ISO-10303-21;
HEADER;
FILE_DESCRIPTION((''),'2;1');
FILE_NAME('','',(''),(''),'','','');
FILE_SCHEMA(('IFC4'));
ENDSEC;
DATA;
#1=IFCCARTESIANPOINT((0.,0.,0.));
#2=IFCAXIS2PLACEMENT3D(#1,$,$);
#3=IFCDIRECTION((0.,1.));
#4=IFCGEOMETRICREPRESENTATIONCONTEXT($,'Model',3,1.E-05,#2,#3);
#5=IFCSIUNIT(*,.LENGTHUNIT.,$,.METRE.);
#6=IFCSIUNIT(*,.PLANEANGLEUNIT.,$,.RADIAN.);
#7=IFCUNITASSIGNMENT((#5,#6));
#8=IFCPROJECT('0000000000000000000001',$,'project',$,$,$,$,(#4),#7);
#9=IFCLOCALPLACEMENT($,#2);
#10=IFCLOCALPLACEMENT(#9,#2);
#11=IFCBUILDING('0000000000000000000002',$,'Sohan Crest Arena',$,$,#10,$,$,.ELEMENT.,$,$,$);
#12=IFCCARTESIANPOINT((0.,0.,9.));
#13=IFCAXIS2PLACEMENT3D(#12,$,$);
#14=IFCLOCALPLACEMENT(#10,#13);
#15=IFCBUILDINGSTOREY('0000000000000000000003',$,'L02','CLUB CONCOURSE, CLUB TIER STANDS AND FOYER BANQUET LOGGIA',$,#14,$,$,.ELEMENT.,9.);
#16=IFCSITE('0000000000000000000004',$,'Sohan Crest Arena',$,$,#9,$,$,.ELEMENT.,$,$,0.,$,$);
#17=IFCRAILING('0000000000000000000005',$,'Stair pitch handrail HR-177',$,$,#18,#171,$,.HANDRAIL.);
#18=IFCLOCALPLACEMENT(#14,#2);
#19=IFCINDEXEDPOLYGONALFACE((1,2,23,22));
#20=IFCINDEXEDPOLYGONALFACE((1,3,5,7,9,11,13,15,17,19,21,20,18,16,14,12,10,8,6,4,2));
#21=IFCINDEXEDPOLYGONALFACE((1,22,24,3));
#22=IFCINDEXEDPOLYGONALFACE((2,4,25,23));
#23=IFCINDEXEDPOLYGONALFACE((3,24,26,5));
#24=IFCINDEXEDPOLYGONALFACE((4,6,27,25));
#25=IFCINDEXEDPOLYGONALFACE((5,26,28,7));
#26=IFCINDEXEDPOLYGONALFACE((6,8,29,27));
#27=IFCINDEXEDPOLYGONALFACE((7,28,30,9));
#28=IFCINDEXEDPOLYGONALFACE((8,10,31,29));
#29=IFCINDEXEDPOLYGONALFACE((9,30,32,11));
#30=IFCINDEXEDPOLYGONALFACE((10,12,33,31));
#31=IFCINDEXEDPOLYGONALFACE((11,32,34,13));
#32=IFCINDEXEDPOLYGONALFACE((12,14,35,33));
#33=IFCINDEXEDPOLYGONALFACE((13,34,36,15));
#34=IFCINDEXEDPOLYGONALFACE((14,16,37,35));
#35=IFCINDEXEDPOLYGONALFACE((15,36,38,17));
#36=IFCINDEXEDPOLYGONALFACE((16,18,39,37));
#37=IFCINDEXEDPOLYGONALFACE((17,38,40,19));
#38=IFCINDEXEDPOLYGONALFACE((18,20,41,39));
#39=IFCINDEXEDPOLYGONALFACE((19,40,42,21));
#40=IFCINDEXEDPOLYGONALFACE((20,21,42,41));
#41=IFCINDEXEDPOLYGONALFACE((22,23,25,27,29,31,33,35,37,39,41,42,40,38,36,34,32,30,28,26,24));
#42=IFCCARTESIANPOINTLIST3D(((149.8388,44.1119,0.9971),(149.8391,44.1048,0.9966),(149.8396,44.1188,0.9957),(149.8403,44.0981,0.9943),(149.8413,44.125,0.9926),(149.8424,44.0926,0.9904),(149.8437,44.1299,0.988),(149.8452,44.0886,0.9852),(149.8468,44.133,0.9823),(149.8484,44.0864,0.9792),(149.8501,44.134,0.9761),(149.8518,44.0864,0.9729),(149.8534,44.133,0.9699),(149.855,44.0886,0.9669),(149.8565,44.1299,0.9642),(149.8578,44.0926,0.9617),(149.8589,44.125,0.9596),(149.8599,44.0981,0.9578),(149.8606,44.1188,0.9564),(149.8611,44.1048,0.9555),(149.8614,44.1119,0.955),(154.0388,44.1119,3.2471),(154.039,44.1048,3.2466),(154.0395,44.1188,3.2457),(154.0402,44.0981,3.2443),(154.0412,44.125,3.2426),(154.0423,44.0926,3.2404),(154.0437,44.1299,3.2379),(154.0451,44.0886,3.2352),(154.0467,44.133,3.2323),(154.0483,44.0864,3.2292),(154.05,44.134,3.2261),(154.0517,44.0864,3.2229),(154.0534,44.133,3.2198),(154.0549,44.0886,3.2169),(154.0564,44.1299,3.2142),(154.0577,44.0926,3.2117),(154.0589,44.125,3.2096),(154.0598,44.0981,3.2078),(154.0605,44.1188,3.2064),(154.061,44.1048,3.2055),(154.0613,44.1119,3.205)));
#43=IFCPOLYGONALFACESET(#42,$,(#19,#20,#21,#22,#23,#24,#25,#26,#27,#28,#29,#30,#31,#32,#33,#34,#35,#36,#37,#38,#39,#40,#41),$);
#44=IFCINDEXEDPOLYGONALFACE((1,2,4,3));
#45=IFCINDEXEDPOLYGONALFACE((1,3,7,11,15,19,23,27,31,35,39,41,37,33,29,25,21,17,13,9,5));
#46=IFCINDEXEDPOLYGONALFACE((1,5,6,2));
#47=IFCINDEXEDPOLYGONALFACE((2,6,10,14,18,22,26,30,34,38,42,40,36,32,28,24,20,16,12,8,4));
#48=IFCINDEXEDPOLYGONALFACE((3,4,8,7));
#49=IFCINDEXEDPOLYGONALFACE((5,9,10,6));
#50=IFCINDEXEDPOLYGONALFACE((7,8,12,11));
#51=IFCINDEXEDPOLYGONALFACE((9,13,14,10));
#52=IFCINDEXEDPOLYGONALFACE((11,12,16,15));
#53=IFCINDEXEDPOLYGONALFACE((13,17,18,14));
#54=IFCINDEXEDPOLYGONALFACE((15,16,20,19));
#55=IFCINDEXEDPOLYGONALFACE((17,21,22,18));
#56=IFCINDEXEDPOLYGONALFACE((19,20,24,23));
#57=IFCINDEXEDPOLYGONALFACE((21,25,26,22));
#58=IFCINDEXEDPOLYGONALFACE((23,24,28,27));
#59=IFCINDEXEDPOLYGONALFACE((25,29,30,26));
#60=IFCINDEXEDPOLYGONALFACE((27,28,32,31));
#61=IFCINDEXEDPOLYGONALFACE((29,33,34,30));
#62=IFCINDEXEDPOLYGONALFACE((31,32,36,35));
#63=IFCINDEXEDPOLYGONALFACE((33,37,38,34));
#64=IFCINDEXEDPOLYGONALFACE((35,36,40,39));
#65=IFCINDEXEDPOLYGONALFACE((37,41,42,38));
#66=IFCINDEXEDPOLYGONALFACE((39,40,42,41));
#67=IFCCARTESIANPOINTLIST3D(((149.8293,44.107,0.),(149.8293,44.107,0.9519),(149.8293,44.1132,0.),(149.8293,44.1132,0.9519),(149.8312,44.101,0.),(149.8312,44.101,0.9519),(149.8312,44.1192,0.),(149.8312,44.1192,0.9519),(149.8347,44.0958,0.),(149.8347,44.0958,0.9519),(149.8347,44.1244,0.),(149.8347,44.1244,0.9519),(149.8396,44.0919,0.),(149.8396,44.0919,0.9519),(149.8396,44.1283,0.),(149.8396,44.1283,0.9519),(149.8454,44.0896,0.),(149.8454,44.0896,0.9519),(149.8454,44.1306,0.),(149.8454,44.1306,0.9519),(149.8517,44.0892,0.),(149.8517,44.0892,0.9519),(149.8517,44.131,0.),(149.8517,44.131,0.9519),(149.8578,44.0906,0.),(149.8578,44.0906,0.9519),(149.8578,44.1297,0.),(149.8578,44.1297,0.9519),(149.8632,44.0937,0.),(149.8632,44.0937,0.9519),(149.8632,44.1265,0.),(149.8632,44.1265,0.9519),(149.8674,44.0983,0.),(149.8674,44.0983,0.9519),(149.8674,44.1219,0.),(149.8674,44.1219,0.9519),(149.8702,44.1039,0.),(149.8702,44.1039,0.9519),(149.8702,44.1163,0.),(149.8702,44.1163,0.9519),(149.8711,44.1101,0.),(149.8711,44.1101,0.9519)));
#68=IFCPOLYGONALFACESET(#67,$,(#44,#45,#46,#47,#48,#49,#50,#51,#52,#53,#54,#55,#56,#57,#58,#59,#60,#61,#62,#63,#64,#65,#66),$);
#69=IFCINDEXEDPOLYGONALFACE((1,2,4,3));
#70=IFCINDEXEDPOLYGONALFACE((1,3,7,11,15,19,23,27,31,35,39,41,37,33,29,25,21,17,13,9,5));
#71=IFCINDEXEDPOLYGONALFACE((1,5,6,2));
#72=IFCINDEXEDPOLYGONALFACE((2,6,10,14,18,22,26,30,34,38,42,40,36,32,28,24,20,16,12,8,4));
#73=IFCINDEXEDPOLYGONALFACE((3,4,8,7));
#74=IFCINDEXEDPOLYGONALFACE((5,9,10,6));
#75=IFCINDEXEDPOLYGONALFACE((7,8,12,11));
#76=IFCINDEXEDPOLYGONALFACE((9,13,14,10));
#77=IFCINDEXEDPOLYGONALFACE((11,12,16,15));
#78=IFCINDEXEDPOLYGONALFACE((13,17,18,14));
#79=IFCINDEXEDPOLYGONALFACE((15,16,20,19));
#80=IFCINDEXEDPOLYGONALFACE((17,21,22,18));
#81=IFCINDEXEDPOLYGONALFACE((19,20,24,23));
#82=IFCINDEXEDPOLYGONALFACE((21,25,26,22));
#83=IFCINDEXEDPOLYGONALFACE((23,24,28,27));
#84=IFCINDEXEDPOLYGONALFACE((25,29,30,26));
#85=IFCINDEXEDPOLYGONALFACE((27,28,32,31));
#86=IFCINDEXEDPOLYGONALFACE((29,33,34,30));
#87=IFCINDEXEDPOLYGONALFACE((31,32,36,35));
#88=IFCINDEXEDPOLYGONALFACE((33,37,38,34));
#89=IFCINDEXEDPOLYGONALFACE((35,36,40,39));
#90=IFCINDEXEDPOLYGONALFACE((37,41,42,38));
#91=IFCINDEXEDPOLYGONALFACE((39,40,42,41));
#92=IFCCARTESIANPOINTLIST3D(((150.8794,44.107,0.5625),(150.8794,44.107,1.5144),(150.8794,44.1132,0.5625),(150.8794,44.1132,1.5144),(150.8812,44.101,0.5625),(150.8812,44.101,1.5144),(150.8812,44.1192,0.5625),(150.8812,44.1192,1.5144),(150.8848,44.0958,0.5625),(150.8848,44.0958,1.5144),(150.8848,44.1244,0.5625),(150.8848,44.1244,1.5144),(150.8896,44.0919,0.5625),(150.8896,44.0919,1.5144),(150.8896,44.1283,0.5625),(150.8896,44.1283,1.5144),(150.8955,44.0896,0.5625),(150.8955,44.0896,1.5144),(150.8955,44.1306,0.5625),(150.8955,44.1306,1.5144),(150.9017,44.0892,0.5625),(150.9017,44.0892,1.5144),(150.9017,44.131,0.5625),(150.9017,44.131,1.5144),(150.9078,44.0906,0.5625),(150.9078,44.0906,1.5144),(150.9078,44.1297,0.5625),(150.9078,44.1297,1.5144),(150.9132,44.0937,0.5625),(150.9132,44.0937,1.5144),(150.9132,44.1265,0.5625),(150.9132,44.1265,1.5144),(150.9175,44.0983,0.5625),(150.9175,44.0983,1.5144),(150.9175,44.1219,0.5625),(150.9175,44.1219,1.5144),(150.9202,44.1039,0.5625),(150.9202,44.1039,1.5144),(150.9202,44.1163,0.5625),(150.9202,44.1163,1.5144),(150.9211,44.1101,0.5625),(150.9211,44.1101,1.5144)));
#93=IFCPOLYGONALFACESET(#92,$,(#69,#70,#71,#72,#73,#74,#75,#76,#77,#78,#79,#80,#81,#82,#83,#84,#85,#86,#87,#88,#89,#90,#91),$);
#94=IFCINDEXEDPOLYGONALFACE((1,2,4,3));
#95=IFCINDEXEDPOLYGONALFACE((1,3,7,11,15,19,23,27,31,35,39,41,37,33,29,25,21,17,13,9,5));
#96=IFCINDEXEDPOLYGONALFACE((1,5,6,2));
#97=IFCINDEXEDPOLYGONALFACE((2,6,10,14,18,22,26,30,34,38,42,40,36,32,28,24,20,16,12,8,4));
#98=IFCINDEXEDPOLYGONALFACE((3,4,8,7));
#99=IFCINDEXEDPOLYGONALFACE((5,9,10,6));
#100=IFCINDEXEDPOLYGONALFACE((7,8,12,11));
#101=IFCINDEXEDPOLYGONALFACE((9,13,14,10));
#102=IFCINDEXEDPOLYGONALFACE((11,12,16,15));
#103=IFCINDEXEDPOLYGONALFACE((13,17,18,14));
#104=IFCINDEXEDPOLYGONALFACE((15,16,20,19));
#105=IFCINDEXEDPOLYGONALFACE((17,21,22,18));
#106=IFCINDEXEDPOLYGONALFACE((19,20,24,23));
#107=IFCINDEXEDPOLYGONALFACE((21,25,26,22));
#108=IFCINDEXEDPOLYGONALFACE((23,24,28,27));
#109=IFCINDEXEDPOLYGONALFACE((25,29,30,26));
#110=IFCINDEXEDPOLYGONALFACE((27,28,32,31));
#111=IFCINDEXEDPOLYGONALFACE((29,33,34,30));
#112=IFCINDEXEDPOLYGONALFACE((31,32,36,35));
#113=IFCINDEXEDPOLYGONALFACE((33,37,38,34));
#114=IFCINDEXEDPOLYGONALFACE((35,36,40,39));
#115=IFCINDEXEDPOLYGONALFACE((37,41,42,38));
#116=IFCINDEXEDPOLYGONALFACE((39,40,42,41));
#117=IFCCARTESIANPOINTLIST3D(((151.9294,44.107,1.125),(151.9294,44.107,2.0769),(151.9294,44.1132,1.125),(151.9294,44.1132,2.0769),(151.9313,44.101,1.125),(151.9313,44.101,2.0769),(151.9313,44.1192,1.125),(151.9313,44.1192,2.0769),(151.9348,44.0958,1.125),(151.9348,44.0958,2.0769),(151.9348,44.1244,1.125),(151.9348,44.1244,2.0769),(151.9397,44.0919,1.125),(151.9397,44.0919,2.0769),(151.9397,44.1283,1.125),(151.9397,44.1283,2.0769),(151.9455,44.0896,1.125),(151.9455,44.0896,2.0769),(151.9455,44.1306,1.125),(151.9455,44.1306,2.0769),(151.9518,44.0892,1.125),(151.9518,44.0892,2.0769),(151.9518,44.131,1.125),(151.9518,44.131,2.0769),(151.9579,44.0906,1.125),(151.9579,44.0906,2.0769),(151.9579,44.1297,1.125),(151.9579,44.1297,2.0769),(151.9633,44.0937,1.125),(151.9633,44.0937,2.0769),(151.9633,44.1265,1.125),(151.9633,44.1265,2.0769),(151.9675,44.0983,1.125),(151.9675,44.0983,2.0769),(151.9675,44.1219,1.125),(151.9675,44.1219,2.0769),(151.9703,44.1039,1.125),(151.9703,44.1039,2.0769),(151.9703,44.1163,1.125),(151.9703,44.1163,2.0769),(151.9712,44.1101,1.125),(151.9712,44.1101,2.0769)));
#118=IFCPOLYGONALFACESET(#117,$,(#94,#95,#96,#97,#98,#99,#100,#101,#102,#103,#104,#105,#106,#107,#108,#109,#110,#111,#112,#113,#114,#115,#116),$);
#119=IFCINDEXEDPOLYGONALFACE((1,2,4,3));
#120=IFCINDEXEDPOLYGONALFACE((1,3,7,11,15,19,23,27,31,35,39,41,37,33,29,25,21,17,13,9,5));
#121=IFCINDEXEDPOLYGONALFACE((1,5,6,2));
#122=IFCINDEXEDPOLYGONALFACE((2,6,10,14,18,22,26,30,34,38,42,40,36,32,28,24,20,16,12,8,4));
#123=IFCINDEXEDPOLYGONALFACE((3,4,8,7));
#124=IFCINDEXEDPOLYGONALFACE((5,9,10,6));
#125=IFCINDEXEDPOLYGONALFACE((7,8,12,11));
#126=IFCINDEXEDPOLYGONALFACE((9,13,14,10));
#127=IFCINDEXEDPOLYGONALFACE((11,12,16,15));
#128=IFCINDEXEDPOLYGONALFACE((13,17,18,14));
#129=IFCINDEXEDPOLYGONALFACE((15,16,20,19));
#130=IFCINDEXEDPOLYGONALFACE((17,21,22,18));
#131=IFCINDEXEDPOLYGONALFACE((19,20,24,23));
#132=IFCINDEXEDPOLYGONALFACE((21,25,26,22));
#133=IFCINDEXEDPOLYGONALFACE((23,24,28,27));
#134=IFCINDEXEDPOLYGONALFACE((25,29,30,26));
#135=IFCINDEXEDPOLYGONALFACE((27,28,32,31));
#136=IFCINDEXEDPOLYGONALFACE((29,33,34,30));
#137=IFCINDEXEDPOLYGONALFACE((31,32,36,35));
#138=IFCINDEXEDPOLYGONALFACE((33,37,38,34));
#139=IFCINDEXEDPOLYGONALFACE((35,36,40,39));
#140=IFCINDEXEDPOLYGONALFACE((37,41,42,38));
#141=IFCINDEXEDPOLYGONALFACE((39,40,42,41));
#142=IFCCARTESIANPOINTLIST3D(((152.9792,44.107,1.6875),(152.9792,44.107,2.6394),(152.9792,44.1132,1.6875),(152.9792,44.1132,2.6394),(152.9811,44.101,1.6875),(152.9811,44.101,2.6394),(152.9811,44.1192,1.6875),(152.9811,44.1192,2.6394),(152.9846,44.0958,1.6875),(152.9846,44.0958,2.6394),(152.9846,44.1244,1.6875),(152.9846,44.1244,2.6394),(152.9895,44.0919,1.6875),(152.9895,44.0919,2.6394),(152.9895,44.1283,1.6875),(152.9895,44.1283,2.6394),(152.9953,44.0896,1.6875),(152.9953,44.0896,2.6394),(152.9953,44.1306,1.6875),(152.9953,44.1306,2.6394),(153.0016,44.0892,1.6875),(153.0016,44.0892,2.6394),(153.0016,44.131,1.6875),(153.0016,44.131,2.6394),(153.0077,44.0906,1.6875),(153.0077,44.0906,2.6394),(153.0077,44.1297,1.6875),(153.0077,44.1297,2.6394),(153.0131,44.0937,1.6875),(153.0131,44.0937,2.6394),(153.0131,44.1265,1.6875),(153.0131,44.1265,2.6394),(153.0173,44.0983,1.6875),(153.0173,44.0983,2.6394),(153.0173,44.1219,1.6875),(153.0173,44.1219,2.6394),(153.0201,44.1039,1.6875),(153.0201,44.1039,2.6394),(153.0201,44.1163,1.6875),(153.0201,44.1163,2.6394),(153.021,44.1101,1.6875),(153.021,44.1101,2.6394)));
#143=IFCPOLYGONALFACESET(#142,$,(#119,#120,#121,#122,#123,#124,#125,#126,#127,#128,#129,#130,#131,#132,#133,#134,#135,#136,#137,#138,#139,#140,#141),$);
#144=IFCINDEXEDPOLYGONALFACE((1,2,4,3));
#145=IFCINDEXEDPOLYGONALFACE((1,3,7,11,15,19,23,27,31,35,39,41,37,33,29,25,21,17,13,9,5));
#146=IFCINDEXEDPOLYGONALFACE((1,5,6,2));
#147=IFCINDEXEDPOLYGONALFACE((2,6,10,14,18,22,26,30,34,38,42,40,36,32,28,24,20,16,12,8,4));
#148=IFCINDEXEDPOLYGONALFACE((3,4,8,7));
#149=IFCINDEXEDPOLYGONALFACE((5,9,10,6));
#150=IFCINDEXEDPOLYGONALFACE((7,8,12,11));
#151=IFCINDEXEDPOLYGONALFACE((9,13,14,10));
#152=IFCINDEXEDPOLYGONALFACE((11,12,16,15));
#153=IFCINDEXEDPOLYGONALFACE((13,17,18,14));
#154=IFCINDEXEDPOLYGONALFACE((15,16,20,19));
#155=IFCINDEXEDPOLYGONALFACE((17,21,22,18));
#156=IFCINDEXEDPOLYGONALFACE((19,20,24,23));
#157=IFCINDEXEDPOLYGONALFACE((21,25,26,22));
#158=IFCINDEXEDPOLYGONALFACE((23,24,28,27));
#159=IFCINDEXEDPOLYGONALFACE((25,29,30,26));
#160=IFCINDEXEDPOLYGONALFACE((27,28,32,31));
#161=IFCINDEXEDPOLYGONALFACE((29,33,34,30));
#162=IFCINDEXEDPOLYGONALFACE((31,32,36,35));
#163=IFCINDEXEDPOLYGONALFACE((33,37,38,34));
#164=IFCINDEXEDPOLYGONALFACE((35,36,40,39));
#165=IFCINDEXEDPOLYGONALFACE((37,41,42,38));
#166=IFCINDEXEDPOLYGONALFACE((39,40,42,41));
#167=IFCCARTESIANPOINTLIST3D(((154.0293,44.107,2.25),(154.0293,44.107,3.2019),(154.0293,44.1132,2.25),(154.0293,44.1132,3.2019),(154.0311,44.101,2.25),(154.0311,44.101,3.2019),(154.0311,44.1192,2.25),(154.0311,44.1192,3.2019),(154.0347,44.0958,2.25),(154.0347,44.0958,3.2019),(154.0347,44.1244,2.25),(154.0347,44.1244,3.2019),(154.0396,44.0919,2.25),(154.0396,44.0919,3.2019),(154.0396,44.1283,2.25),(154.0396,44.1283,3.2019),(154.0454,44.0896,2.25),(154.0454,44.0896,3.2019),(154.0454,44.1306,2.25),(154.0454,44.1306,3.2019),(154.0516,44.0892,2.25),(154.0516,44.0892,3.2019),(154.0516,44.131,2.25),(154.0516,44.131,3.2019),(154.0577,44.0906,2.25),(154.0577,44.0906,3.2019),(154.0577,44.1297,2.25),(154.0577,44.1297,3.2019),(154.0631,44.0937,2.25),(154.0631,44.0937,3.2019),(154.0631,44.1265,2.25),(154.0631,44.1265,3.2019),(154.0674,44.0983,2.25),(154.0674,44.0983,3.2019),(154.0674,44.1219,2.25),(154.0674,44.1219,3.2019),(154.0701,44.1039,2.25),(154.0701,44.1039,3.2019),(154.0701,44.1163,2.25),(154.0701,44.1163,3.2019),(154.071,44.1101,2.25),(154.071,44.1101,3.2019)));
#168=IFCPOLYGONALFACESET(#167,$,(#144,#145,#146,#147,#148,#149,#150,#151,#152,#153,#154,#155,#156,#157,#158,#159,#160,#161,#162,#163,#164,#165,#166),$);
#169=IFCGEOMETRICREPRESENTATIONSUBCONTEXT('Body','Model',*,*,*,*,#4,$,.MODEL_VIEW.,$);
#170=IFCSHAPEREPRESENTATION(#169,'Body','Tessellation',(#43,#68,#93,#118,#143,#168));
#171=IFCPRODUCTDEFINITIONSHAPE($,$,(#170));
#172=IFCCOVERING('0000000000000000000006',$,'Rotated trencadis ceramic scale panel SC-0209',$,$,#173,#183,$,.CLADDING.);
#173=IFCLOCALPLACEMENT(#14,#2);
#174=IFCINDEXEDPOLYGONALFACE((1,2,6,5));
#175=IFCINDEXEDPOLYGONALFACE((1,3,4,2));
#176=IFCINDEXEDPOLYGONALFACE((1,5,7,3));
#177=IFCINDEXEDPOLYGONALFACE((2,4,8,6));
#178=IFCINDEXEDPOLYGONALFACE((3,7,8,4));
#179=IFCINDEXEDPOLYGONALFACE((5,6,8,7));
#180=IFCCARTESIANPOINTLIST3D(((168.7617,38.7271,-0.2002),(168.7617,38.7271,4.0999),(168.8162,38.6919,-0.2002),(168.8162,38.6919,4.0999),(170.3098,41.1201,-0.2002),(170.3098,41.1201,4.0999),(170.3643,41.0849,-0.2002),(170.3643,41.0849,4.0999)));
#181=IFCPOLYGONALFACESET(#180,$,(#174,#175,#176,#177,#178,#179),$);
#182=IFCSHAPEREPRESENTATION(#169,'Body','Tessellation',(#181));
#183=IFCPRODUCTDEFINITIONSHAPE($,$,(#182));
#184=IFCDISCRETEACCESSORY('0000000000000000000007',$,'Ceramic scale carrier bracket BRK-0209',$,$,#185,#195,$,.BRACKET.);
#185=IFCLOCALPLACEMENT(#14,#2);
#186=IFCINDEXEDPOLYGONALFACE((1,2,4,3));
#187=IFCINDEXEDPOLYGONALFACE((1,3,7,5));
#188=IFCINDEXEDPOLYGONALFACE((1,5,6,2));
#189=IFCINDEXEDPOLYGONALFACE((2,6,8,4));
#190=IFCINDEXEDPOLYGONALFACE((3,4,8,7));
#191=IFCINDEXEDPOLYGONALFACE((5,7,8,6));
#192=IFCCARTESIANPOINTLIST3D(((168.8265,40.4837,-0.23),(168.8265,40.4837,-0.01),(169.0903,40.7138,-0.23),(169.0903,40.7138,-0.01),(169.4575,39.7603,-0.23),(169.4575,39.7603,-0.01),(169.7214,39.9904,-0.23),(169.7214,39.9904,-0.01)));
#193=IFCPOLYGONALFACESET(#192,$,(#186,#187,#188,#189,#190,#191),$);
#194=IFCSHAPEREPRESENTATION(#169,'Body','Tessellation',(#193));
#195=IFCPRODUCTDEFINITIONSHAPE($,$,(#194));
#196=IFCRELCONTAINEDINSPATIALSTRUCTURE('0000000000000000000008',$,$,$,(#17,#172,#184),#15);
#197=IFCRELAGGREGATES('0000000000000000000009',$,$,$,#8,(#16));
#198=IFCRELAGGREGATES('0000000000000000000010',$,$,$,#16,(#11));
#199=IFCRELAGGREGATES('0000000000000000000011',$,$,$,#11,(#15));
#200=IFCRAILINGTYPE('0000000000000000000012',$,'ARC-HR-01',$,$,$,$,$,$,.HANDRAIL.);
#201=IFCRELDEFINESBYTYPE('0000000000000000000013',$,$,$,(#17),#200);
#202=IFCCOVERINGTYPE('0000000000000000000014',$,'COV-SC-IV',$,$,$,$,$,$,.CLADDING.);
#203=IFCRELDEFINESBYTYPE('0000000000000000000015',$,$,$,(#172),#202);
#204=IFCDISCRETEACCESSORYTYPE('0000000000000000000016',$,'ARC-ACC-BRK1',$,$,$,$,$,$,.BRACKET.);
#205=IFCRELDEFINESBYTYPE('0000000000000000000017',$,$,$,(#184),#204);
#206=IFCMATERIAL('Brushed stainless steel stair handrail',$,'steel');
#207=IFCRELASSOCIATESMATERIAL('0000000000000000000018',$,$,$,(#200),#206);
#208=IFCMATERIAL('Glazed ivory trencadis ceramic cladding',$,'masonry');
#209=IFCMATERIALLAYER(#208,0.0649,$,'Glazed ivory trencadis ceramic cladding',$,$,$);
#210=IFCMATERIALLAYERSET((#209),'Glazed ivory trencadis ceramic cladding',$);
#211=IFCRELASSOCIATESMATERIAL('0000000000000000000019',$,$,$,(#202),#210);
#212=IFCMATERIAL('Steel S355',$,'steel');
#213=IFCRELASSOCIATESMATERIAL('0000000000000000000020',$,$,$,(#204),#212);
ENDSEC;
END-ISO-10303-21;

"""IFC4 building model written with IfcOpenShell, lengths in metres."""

from ifc_helpers import new_model, si_unit, direction, frame, origin, origin_2d, place, context, subcontext, project, spatial, rectangle, circle, extrude, material, layer, layer_set, type_object, element, save


model = new_model("IFC4")

# Units and contexts
model_context = context("Model", 3, precision=1e-05, world=origin(), true_north=direction((0.0, 1.0)))
body_context = subcontext(model_context, "Body", "Model", "MODEL_VIEW")
ifc_project = project(units=[si_unit("LENGTHUNIT", "METRE"), si_unit("PLANEANGLEUNIT", "RADIAN")], contexts=[model_context])

# Site, building, storey
site_placement = place(None, origin())
site = spatial("IfcSite", under=ifc_project, at=site_placement, Name="Sohan Crest Arena", CompositionType="ELEMENT", RefElevation=0.0)
building_placement = place(site_placement, origin())
building = spatial("IfcBuilding", under=site, at=building_placement, Name="Sohan Crest Arena", CompositionType="ELEMENT")
storey_placement = place(building_placement, frame((0.0, 0.0, 9.0)))
storey = spatial("IfcBuildingStorey", under=building, at=storey_placement, Name="L02", Description="CLUB CONCOURSE, CLUB TIER STANDS AND FOYER BANQUET LOGGIA", CompositionType="ELEMENT", Elevation=9.0)

# Shared definitions
ifc_material_1 = material(Name="Steel S355", Category="steel")

# Railing
ifc_material_2 = material(Name="Brushed stainless steel stair handrail", Category="steel")
railing_type = type_object("IfcRailingType", Name="ARC-HR-01", PredefinedType="HANDRAIL", material=ifc_material_2)
railing_placement = place(storey_placement, frame((149.8501, 44.1101, 0.0)))
element("IfcRailing", 1, at=railing_placement, inside=storey, type_object=railing_type, Name="Stair pitch handrail HR-177", PredefinedType="HANDRAIL", context=body_context, shape_type="SweptSolid", body=[
    extrude(circle(Radius=0.0239, at=origin_2d()), frame((0.0, 0.0, 0.9761), z_axis=(0.881478, 0.0, 0.472226), x_axis=(0.0, 1.0, 0.0)), (0.0, 0.0, 1.0), 4.7646),
    extrude(circle(Radius=0.021, at=origin_2d()), origin(), (0.0, 0.0, 1.0), 0.9519),
    extrude(circle(Radius=0.021, at=origin_2d()), frame((1.05, 0.0, 0.5625)), (0.0, 0.0, 1.0), 0.9519),
    extrude(circle(Radius=0.021, at=origin_2d()), frame((2.1001, 0.0, 1.125)), (0.0, 0.0, 1.0), 0.9519),
    extrude(circle(Radius=0.021, at=origin_2d()), frame((3.1499, 0.0, 1.6875)), (0.0, 0.0, 1.0), 0.9519),
    extrude(circle(Radius=0.021, at=origin_2d()), frame((4.2, 0.0, 2.25)), (0.0, 0.0, 1.0), 0.9519),
])

# Covering
ifc_material_3 = material(Name="Glazed ivory trencadis ceramic cladding", Category="masonry")
ifc_layer_1 = layer(ifc_material_3, 0.0649, Name="Glazed ivory trencadis ceramic cladding")
ifc_layer_set_1 = layer_set([ifc_layer_1], Name="Glazed ivory trencadis ceramic cladding")
covering_type = type_object("IfcCoveringType", Name="COV-SC-IV", PredefinedType="CLADDING", material=ifc_layer_set_1)
covering_placement = place(storey_placement, frame((169.563, 39.906, -0.2002), z_axis=(0.0, 0.0, 1.0), x_axis=(0.543174, 0.83962, 0.0)))
element("IfcCovering", 2, at=covering_placement, inside=storey, type_object=covering_type, Name="Rotated trencadis ceramic scale panel SC-0209", PredefinedType="CLADDING", context=body_context, shape_type="SweptSolid", body=[
    extrude(rectangle(XDim=2.8501, YDim=0.0649, at=origin_2d()), origin(), (0.0, 0.0, 1.0), 4.3),
])

# Discrete accessory
discrete_accessory_type = type_object("IfcDiscreteAccessoryType", Name="ARC-ACC-BRK1", PredefinedType="BRACKET", material=ifc_material_1)
discrete_accessory_placement = place(storey_placement, frame((169.2739, 40.2371, -0.23), z_axis=(0.0, 0.0, 1.0), x_axis=(0.753563, 0.657375, 0.0)))
element("IfcDiscreteAccessory", 3, at=discrete_accessory_placement, inside=storey, type_object=discrete_accessory_type, Name="Ceramic scale carrier bracket BRK-0209", PredefinedType="BRACKET", context=body_context, shape_type="SweptSolid", body=[
    extrude(rectangle(XDim=0.3501, YDim=0.96, at=origin_2d()), origin(), (0.0, 0.0, 1.0), 0.22),
])

save(model, "model.ifc")
